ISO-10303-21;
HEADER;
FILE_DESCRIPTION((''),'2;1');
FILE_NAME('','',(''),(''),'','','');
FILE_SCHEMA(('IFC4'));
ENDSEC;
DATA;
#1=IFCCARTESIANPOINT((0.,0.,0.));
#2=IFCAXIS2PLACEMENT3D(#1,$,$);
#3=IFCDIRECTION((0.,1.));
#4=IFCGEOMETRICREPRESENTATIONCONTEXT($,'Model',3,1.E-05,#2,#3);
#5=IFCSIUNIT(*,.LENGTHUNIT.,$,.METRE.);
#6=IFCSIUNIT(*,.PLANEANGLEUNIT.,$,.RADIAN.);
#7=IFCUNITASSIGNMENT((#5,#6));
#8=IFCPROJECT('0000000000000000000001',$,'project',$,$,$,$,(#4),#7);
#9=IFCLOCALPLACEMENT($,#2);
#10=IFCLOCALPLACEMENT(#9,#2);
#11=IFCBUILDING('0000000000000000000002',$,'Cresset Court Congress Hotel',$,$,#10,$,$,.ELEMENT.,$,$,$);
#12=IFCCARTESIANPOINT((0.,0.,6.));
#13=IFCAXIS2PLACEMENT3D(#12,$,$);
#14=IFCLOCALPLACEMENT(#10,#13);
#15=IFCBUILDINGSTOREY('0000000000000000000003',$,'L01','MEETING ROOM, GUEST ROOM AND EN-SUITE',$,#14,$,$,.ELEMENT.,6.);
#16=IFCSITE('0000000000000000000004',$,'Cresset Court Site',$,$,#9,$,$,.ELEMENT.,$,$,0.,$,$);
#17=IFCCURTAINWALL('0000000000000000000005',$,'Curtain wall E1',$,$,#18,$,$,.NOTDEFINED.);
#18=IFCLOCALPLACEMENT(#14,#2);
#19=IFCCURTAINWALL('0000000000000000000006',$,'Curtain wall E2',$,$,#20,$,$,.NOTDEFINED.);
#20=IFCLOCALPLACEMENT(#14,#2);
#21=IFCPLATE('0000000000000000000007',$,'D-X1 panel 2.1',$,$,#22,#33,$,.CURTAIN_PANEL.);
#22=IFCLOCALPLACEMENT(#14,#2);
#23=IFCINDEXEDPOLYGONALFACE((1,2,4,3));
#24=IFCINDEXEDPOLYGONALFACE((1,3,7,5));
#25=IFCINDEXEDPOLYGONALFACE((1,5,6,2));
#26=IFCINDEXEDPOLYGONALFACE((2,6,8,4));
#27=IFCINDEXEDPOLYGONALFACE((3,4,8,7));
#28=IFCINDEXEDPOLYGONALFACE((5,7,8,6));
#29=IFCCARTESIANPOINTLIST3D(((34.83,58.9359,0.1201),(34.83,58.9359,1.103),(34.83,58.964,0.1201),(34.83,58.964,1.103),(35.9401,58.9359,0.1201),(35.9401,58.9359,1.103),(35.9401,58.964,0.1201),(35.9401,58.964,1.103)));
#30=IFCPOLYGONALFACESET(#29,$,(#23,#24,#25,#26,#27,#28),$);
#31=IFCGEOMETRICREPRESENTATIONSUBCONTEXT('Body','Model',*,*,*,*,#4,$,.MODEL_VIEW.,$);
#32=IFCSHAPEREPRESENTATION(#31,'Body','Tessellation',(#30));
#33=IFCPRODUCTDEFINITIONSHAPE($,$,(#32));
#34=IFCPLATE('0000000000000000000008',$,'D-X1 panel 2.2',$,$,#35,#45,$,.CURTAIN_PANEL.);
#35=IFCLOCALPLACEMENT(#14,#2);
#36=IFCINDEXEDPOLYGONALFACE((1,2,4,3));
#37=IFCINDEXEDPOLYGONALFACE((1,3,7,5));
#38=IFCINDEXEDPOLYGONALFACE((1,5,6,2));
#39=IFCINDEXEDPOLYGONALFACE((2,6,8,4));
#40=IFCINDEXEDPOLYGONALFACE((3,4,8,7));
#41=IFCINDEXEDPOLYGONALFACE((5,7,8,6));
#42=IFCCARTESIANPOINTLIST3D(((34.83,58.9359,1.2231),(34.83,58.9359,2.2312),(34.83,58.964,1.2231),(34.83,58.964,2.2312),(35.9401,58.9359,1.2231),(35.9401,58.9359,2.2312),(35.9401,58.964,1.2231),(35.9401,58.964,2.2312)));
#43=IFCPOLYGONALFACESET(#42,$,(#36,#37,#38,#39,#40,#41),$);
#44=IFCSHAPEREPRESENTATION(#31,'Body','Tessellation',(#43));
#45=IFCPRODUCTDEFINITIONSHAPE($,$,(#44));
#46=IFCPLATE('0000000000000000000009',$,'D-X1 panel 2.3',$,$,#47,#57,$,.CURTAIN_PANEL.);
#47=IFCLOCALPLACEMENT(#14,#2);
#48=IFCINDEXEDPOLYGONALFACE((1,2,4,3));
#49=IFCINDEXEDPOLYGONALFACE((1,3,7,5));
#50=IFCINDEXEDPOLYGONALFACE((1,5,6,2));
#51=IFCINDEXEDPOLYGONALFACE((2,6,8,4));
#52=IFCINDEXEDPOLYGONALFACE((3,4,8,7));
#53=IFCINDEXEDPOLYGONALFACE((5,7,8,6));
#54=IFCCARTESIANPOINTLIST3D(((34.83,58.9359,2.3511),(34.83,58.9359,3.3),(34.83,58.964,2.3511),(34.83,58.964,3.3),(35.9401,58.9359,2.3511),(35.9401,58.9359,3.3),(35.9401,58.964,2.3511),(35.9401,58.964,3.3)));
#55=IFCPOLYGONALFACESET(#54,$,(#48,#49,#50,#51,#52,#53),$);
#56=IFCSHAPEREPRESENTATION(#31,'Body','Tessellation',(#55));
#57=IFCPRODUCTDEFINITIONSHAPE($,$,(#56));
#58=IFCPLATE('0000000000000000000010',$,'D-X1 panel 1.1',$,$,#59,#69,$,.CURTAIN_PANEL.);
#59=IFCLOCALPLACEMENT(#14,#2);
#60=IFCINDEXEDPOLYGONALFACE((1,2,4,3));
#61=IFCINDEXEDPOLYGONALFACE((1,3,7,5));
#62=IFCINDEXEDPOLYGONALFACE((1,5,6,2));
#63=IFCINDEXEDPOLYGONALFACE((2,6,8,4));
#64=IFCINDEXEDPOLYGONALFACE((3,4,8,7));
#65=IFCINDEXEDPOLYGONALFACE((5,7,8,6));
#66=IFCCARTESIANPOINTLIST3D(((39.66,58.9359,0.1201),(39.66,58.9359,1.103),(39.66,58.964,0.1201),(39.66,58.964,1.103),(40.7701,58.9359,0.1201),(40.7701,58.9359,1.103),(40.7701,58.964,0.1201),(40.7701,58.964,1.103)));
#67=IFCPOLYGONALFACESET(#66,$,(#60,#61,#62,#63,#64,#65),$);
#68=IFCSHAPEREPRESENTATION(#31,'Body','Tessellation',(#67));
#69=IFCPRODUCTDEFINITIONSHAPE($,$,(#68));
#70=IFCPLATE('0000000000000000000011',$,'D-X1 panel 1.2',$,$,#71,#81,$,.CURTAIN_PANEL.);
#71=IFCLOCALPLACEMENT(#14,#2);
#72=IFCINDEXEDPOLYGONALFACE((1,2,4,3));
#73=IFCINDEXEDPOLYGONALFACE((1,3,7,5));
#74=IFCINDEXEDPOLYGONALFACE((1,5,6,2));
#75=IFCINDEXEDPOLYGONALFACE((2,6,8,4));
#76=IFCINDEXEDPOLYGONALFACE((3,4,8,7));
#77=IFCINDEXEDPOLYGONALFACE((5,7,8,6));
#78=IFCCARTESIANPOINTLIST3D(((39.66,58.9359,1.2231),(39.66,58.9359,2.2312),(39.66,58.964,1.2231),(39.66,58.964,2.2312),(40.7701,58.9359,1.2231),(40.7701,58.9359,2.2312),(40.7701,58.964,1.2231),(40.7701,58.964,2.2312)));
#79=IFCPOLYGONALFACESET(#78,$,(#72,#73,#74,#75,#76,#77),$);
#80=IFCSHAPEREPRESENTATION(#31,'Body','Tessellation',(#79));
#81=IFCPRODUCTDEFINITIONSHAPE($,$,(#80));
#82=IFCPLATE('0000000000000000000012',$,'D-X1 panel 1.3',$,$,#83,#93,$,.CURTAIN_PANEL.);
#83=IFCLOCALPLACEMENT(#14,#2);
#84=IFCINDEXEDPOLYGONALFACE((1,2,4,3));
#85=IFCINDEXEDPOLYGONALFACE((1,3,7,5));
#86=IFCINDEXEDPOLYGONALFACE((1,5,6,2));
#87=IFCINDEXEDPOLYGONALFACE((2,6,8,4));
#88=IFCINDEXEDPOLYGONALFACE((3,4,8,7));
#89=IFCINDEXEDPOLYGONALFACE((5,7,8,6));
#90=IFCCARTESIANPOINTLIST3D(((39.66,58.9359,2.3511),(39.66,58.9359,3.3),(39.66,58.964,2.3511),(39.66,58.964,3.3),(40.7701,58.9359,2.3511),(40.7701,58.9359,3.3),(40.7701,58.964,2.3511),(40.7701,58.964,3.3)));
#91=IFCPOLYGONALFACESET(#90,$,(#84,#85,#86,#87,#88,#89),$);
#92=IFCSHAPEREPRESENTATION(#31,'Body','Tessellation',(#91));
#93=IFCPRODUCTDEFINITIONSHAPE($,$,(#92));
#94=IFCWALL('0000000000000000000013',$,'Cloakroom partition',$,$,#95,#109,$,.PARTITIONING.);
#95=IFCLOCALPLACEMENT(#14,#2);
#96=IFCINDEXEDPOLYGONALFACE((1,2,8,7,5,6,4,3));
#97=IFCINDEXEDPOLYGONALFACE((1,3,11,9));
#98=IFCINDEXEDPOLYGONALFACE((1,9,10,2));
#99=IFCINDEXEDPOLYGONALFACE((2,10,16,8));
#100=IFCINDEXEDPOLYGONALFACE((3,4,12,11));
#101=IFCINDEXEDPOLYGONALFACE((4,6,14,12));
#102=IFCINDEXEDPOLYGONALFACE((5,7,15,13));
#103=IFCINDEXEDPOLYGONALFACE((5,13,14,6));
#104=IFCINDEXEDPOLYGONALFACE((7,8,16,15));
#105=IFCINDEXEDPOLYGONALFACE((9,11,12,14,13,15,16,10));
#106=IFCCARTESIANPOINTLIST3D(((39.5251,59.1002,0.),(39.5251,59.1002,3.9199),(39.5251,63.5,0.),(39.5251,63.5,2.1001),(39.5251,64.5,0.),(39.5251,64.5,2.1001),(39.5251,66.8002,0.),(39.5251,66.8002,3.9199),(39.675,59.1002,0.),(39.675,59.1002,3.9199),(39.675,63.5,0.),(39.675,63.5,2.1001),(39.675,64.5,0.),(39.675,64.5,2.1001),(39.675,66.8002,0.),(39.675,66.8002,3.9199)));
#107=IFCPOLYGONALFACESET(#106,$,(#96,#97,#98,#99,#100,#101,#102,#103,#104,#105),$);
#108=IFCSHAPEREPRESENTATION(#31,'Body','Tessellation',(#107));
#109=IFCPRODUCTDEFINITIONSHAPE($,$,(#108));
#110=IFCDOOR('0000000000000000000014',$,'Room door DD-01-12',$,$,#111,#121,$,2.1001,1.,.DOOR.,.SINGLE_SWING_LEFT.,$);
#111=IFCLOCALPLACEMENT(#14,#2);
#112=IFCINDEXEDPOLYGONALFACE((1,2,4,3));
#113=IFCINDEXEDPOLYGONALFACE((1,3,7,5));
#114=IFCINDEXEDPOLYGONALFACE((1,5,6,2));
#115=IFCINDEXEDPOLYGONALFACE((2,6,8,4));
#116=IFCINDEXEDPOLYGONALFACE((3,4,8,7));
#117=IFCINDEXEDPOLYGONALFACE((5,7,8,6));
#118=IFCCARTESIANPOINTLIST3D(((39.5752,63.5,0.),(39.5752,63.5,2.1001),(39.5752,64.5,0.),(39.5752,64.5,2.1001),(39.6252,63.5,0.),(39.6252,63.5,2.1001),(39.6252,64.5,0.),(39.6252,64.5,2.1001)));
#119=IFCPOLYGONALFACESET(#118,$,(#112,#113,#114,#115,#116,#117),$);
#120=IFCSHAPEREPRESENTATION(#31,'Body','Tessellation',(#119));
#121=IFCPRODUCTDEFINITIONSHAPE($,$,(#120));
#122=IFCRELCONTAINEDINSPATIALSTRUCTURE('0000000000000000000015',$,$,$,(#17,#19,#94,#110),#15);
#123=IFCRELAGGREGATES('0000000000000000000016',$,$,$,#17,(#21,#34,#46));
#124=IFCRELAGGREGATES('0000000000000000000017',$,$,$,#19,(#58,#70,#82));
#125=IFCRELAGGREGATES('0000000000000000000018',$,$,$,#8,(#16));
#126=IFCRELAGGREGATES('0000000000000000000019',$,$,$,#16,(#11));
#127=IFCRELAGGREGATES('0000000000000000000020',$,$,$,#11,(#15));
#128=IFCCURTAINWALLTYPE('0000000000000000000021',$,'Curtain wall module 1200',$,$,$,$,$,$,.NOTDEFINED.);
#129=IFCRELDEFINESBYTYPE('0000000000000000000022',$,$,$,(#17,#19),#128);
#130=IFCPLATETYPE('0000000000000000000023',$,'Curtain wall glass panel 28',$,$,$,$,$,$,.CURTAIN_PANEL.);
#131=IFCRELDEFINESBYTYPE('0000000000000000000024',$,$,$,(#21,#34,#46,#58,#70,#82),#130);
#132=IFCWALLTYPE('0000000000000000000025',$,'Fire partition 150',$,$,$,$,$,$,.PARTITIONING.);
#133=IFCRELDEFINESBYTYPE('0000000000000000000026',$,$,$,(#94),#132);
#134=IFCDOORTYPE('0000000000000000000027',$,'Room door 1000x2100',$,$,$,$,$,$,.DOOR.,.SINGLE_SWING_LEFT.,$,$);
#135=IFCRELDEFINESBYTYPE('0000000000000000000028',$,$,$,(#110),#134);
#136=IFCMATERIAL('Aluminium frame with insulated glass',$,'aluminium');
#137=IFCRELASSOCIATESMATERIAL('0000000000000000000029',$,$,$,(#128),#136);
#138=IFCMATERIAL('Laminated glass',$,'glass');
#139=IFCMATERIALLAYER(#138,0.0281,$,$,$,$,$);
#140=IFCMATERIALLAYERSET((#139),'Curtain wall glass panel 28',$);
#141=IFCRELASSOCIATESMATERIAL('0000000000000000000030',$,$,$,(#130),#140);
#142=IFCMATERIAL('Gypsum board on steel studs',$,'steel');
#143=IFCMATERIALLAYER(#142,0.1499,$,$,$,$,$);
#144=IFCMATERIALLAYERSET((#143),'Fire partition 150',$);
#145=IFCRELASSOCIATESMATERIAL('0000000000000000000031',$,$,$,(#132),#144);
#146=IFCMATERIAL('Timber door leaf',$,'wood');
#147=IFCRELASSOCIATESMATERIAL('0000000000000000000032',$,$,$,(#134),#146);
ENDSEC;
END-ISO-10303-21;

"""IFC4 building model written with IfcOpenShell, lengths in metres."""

from ifc_helpers import new_model, si_unit, direction, frame, frame_2d, origin, origin_2d, place, context, subcontext, project, spatial, rectangle, extrude, material, layer, layer_set, type_object, element, fill, aggregate, save


model = new_model("IFC4")

# Units and contexts
model_context = context("Model", 3, precision=1e-05, world=origin(), true_north=direction((0.0, 1.0)))
body_context = subcontext(model_context, "Body", "Model", "MODEL_VIEW")
ifc_project = project(units=[si_unit("LENGTHUNIT", "METRE"), si_unit("PLANEANGLEUNIT", "RADIAN")], contexts=[model_context])

# Site, building, storey
site_placement = place(None, origin())
site = spatial("IfcSite", under=ifc_project, at=site_placement, Name="Cresset Court Site", CompositionType="ELEMENT", RefElevation=0.0)
building_placement = place(site_placement, origin())
building = spatial("IfcBuilding", under=site, at=building_placement, Name="Cresset Court Congress Hotel", CompositionType="ELEMENT")
storey_placement = place(building_placement, frame((0.0, 0.0, 6.0)))
storey = spatial("IfcBuildingStorey", under=building, at=storey_placement, Name="L01", Description="MEETING ROOM, GUEST ROOM AND EN-SUITE", CompositionType="ELEMENT", Elevation=6.0)

# Curtain walls
ifc_material_1 = material(Name="Aluminium frame with insulated glass", Category="aluminium")
curtain_wall_type = type_object("IfcCurtainWallType", Name="Curtain wall module 1200", PredefinedType="NOTDEFINED", material=ifc_material_1)
curtain_wall_1_placement = place(storey_placement, origin())
curtain_wall_1 = element("IfcCurtainWall", 1, at=curtain_wall_1_placement, inside=storey, type_object=curtain_wall_type, Name="Curtain wall E1", PredefinedType="NOTDEFINED")
curtain_wall_2_placement = place(storey_placement, origin())
curtain_wall_2 = element("IfcCurtainWall", 2, at=curtain_wall_2_placement, inside=storey, type_object=curtain_wall_type, Name="Curtain wall E2", PredefinedType="NOTDEFINED")

# Plates
ifc_material_2 = material(Name="Laminated glass", Category="glass")
ifc_layer_1 = layer(ifc_material_2, 0.0281)
ifc_layer_set_1 = layer_set([ifc_layer_1], Name="Curtain wall glass panel 28")
plate_type = type_object("IfcPlateType", Name="Curtain wall glass panel 28", PredefinedType="CURTAIN_PANEL", material=ifc_layer_set_1)
plate_1_placement = place(storey_placement, frame((35.385, 58.95, 0.1201), z_axis=(0.0, 0.0, 1.0), x_axis=(1.0, 0.0, 0.0)))
plate_1 = element("IfcPlate", 3, at=plate_1_placement, type_object=plate_type, Name="D-X1 panel 2.1", PredefinedType="CURTAIN_PANEL", context=body_context, shape_type="SweptSolid", body=[
    extrude(rectangle(XDim=1.1101, YDim=0.0281, at=origin_2d()), origin(), (0.0, 0.0, 1.0), 0.9829),
])
plate_2_placement = place(storey_placement, frame((35.385, 58.95, 1.2231), z_axis=(0.0, 0.0, 1.0), x_axis=(1.0, 0.0, 0.0)))
plate_2 = element("IfcPlate", 4, at=plate_2_placement, type_object=plate_type, Name="D-X1 panel 2.2", PredefinedType="CURTAIN_PANEL", context=body_context, shape_type="SweptSolid", body=[
    extrude(rectangle(XDim=1.1101, YDim=0.0281, at=origin_2d()), origin(), (0.0, 0.0, 1.0), 1.0081),
])
plate_3_placement = place(storey_placement, frame((35.385, 58.95, 2.3511), z_axis=(0.0, 0.0, 1.0), x_axis=(1.0, 0.0, 0.0)))
plate_3 = element("IfcPlate", 5, at=plate_3_placement, type_object=plate_type, Name="D-X1 panel 2.3", PredefinedType="CURTAIN_PANEL", context=body_context, shape_type="SweptSolid", body=[
    extrude(rectangle(XDim=1.1101, YDim=0.0281, at=origin_2d()), origin(), (0.0, 0.0, 1.0), 0.949),
])
aggregate(curtain_wall_1, [plate_1, plate_2, plate_3])
plate_4_placement = place(storey_placement, frame((40.2151, 58.95, 0.1201), z_axis=(0.0, 0.0, 1.0), x_axis=(1.0, 0.0, 0.0)))
plate_4 = element("IfcPlate", 6, at=plate_4_placement, type_object=plate_type, Name="D-X1 panel 1.1", PredefinedType="CURTAIN_PANEL", context=body_context, shape_type="SweptSolid", body=[
    extrude(rectangle(XDim=1.1101, YDim=0.0281, at=origin_2d()), origin(), (0.0, 0.0, 1.0), 0.9829),
])
plate_5_placement = place(storey_placement, frame((40.2151, 58.95, 1.2231), z_axis=(0.0, 0.0, 1.0), x_axis=(1.0, 0.0, 0.0)))
plate_5 = element("IfcPlate", 7, at=plate_5_placement, type_object=plate_type, Name="D-X1 panel 1.2", PredefinedType="CURTAIN_PANEL", context=body_context, shape_type="SweptSolid", body=[
    extrude(rectangle(XDim=1.1101, YDim=0.0281, at=origin_2d()), origin(), (0.0, 0.0, 1.0), 1.0081),
])
plate_6_placement = place(storey_placement, frame((40.2151, 58.95, 2.3511), z_axis=(0.0, 0.0, 1.0), x_axis=(1.0, 0.0, 0.0)))
plate_6 = element("IfcPlate", 8, at=plate_6_placement, type_object=plate_type, Name="D-X1 panel 1.3", PredefinedType="CURTAIN_PANEL", context=body_context, shape_type="SweptSolid", body=[
    extrude(rectangle(XDim=1.1101, YDim=0.0281, at=origin_2d()), origin(), (0.0, 0.0, 1.0), 0.949),
])
aggregate(curtain_wall_2, [plate_4, plate_5, plate_6])

# Wall, opening, door
ifc_material_3 = material(Name="Gypsum board on steel studs", Category="steel")
ifc_layer_2 = layer(ifc_material_3, 0.1499)
ifc_layer_set_2 = layer_set([ifc_layer_2], Name="Fire partition 150")
wall_type_1 = type_object("IfcWallType", Name="Fire partition 150", PredefinedType="PARTITIONING", material=ifc_layer_set_2)
wall_1_placement = place(storey_placement, frame((39.6001, 59.1001, 0.0), z_axis=(0.0, 0.0, 1.0), x_axis=(0.0, 1.0, 0.0)))
wall_1 = element("IfcWall", 9, at=wall_1_placement, inside=storey, type_object=wall_type_1, Name="Cloakroom partition", PredefinedType="PARTITIONING", context=body_context, shape_type="SweptSolid", body=[
    extrude(rectangle(XDim=7.7, YDim=0.1499, at=frame_2d((3.8501, 0.0))), origin(), (0.0, 0.0, 1.0), 3.9199),
])
opening_1_placement = place(wall_1_placement, frame((4.3999, 0.0, 0.0)))
opening_1 = element("IfcOpeningElement", 10, at=opening_1_placement, cuts=wall_1, PredefinedType="OPENING", context=body_context, shape_type="SweptSolid", body=[
    extrude(rectangle(XDim=1.0, YDim=2.1001, at=frame_2d((0.5, 1.05))), frame((0.0, 0.085, 0.0), z_axis=(0.0, -1.0, 0.0), x_axis=(1.0, 0.0, 0.0)), (0.0, 0.0, 1.0), 0.1699),
])
ifc_material_4 = material(Name="Timber door leaf", Category="wood")
door_type_1 = type_object("IfcDoorType", Name="Room door 1000x2100", OperationType="SINGLE_SWING_LEFT", PredefinedType="DOOR", material=ifc_material_4)
door_1_placement = place(opening_1_placement, origin())
door_1 = element("IfcDoor", 11, at=door_1_placement, inside=storey, type_object=door_type_1, Name="Room door DD-01-12", OperationType="SINGLE_SWING_LEFT", OverallHeight=2.1001, OverallWidth=1.0, PredefinedType="DOOR", context=body_context, shape_type="SweptSolid", body=[
    extrude(rectangle(XDim=1.0, YDim=2.1001, at=frame_2d((0.5, 1.05))), frame((0.0, 0.0249, 0.0), z_axis=(0.0, -1.0, 0.0), x_axis=(1.0, 0.0, 0.0)), (0.0, 0.0, 1.0), 0.05),
])
fill(opening_1, door_1)

save(model, "model.ifc")
